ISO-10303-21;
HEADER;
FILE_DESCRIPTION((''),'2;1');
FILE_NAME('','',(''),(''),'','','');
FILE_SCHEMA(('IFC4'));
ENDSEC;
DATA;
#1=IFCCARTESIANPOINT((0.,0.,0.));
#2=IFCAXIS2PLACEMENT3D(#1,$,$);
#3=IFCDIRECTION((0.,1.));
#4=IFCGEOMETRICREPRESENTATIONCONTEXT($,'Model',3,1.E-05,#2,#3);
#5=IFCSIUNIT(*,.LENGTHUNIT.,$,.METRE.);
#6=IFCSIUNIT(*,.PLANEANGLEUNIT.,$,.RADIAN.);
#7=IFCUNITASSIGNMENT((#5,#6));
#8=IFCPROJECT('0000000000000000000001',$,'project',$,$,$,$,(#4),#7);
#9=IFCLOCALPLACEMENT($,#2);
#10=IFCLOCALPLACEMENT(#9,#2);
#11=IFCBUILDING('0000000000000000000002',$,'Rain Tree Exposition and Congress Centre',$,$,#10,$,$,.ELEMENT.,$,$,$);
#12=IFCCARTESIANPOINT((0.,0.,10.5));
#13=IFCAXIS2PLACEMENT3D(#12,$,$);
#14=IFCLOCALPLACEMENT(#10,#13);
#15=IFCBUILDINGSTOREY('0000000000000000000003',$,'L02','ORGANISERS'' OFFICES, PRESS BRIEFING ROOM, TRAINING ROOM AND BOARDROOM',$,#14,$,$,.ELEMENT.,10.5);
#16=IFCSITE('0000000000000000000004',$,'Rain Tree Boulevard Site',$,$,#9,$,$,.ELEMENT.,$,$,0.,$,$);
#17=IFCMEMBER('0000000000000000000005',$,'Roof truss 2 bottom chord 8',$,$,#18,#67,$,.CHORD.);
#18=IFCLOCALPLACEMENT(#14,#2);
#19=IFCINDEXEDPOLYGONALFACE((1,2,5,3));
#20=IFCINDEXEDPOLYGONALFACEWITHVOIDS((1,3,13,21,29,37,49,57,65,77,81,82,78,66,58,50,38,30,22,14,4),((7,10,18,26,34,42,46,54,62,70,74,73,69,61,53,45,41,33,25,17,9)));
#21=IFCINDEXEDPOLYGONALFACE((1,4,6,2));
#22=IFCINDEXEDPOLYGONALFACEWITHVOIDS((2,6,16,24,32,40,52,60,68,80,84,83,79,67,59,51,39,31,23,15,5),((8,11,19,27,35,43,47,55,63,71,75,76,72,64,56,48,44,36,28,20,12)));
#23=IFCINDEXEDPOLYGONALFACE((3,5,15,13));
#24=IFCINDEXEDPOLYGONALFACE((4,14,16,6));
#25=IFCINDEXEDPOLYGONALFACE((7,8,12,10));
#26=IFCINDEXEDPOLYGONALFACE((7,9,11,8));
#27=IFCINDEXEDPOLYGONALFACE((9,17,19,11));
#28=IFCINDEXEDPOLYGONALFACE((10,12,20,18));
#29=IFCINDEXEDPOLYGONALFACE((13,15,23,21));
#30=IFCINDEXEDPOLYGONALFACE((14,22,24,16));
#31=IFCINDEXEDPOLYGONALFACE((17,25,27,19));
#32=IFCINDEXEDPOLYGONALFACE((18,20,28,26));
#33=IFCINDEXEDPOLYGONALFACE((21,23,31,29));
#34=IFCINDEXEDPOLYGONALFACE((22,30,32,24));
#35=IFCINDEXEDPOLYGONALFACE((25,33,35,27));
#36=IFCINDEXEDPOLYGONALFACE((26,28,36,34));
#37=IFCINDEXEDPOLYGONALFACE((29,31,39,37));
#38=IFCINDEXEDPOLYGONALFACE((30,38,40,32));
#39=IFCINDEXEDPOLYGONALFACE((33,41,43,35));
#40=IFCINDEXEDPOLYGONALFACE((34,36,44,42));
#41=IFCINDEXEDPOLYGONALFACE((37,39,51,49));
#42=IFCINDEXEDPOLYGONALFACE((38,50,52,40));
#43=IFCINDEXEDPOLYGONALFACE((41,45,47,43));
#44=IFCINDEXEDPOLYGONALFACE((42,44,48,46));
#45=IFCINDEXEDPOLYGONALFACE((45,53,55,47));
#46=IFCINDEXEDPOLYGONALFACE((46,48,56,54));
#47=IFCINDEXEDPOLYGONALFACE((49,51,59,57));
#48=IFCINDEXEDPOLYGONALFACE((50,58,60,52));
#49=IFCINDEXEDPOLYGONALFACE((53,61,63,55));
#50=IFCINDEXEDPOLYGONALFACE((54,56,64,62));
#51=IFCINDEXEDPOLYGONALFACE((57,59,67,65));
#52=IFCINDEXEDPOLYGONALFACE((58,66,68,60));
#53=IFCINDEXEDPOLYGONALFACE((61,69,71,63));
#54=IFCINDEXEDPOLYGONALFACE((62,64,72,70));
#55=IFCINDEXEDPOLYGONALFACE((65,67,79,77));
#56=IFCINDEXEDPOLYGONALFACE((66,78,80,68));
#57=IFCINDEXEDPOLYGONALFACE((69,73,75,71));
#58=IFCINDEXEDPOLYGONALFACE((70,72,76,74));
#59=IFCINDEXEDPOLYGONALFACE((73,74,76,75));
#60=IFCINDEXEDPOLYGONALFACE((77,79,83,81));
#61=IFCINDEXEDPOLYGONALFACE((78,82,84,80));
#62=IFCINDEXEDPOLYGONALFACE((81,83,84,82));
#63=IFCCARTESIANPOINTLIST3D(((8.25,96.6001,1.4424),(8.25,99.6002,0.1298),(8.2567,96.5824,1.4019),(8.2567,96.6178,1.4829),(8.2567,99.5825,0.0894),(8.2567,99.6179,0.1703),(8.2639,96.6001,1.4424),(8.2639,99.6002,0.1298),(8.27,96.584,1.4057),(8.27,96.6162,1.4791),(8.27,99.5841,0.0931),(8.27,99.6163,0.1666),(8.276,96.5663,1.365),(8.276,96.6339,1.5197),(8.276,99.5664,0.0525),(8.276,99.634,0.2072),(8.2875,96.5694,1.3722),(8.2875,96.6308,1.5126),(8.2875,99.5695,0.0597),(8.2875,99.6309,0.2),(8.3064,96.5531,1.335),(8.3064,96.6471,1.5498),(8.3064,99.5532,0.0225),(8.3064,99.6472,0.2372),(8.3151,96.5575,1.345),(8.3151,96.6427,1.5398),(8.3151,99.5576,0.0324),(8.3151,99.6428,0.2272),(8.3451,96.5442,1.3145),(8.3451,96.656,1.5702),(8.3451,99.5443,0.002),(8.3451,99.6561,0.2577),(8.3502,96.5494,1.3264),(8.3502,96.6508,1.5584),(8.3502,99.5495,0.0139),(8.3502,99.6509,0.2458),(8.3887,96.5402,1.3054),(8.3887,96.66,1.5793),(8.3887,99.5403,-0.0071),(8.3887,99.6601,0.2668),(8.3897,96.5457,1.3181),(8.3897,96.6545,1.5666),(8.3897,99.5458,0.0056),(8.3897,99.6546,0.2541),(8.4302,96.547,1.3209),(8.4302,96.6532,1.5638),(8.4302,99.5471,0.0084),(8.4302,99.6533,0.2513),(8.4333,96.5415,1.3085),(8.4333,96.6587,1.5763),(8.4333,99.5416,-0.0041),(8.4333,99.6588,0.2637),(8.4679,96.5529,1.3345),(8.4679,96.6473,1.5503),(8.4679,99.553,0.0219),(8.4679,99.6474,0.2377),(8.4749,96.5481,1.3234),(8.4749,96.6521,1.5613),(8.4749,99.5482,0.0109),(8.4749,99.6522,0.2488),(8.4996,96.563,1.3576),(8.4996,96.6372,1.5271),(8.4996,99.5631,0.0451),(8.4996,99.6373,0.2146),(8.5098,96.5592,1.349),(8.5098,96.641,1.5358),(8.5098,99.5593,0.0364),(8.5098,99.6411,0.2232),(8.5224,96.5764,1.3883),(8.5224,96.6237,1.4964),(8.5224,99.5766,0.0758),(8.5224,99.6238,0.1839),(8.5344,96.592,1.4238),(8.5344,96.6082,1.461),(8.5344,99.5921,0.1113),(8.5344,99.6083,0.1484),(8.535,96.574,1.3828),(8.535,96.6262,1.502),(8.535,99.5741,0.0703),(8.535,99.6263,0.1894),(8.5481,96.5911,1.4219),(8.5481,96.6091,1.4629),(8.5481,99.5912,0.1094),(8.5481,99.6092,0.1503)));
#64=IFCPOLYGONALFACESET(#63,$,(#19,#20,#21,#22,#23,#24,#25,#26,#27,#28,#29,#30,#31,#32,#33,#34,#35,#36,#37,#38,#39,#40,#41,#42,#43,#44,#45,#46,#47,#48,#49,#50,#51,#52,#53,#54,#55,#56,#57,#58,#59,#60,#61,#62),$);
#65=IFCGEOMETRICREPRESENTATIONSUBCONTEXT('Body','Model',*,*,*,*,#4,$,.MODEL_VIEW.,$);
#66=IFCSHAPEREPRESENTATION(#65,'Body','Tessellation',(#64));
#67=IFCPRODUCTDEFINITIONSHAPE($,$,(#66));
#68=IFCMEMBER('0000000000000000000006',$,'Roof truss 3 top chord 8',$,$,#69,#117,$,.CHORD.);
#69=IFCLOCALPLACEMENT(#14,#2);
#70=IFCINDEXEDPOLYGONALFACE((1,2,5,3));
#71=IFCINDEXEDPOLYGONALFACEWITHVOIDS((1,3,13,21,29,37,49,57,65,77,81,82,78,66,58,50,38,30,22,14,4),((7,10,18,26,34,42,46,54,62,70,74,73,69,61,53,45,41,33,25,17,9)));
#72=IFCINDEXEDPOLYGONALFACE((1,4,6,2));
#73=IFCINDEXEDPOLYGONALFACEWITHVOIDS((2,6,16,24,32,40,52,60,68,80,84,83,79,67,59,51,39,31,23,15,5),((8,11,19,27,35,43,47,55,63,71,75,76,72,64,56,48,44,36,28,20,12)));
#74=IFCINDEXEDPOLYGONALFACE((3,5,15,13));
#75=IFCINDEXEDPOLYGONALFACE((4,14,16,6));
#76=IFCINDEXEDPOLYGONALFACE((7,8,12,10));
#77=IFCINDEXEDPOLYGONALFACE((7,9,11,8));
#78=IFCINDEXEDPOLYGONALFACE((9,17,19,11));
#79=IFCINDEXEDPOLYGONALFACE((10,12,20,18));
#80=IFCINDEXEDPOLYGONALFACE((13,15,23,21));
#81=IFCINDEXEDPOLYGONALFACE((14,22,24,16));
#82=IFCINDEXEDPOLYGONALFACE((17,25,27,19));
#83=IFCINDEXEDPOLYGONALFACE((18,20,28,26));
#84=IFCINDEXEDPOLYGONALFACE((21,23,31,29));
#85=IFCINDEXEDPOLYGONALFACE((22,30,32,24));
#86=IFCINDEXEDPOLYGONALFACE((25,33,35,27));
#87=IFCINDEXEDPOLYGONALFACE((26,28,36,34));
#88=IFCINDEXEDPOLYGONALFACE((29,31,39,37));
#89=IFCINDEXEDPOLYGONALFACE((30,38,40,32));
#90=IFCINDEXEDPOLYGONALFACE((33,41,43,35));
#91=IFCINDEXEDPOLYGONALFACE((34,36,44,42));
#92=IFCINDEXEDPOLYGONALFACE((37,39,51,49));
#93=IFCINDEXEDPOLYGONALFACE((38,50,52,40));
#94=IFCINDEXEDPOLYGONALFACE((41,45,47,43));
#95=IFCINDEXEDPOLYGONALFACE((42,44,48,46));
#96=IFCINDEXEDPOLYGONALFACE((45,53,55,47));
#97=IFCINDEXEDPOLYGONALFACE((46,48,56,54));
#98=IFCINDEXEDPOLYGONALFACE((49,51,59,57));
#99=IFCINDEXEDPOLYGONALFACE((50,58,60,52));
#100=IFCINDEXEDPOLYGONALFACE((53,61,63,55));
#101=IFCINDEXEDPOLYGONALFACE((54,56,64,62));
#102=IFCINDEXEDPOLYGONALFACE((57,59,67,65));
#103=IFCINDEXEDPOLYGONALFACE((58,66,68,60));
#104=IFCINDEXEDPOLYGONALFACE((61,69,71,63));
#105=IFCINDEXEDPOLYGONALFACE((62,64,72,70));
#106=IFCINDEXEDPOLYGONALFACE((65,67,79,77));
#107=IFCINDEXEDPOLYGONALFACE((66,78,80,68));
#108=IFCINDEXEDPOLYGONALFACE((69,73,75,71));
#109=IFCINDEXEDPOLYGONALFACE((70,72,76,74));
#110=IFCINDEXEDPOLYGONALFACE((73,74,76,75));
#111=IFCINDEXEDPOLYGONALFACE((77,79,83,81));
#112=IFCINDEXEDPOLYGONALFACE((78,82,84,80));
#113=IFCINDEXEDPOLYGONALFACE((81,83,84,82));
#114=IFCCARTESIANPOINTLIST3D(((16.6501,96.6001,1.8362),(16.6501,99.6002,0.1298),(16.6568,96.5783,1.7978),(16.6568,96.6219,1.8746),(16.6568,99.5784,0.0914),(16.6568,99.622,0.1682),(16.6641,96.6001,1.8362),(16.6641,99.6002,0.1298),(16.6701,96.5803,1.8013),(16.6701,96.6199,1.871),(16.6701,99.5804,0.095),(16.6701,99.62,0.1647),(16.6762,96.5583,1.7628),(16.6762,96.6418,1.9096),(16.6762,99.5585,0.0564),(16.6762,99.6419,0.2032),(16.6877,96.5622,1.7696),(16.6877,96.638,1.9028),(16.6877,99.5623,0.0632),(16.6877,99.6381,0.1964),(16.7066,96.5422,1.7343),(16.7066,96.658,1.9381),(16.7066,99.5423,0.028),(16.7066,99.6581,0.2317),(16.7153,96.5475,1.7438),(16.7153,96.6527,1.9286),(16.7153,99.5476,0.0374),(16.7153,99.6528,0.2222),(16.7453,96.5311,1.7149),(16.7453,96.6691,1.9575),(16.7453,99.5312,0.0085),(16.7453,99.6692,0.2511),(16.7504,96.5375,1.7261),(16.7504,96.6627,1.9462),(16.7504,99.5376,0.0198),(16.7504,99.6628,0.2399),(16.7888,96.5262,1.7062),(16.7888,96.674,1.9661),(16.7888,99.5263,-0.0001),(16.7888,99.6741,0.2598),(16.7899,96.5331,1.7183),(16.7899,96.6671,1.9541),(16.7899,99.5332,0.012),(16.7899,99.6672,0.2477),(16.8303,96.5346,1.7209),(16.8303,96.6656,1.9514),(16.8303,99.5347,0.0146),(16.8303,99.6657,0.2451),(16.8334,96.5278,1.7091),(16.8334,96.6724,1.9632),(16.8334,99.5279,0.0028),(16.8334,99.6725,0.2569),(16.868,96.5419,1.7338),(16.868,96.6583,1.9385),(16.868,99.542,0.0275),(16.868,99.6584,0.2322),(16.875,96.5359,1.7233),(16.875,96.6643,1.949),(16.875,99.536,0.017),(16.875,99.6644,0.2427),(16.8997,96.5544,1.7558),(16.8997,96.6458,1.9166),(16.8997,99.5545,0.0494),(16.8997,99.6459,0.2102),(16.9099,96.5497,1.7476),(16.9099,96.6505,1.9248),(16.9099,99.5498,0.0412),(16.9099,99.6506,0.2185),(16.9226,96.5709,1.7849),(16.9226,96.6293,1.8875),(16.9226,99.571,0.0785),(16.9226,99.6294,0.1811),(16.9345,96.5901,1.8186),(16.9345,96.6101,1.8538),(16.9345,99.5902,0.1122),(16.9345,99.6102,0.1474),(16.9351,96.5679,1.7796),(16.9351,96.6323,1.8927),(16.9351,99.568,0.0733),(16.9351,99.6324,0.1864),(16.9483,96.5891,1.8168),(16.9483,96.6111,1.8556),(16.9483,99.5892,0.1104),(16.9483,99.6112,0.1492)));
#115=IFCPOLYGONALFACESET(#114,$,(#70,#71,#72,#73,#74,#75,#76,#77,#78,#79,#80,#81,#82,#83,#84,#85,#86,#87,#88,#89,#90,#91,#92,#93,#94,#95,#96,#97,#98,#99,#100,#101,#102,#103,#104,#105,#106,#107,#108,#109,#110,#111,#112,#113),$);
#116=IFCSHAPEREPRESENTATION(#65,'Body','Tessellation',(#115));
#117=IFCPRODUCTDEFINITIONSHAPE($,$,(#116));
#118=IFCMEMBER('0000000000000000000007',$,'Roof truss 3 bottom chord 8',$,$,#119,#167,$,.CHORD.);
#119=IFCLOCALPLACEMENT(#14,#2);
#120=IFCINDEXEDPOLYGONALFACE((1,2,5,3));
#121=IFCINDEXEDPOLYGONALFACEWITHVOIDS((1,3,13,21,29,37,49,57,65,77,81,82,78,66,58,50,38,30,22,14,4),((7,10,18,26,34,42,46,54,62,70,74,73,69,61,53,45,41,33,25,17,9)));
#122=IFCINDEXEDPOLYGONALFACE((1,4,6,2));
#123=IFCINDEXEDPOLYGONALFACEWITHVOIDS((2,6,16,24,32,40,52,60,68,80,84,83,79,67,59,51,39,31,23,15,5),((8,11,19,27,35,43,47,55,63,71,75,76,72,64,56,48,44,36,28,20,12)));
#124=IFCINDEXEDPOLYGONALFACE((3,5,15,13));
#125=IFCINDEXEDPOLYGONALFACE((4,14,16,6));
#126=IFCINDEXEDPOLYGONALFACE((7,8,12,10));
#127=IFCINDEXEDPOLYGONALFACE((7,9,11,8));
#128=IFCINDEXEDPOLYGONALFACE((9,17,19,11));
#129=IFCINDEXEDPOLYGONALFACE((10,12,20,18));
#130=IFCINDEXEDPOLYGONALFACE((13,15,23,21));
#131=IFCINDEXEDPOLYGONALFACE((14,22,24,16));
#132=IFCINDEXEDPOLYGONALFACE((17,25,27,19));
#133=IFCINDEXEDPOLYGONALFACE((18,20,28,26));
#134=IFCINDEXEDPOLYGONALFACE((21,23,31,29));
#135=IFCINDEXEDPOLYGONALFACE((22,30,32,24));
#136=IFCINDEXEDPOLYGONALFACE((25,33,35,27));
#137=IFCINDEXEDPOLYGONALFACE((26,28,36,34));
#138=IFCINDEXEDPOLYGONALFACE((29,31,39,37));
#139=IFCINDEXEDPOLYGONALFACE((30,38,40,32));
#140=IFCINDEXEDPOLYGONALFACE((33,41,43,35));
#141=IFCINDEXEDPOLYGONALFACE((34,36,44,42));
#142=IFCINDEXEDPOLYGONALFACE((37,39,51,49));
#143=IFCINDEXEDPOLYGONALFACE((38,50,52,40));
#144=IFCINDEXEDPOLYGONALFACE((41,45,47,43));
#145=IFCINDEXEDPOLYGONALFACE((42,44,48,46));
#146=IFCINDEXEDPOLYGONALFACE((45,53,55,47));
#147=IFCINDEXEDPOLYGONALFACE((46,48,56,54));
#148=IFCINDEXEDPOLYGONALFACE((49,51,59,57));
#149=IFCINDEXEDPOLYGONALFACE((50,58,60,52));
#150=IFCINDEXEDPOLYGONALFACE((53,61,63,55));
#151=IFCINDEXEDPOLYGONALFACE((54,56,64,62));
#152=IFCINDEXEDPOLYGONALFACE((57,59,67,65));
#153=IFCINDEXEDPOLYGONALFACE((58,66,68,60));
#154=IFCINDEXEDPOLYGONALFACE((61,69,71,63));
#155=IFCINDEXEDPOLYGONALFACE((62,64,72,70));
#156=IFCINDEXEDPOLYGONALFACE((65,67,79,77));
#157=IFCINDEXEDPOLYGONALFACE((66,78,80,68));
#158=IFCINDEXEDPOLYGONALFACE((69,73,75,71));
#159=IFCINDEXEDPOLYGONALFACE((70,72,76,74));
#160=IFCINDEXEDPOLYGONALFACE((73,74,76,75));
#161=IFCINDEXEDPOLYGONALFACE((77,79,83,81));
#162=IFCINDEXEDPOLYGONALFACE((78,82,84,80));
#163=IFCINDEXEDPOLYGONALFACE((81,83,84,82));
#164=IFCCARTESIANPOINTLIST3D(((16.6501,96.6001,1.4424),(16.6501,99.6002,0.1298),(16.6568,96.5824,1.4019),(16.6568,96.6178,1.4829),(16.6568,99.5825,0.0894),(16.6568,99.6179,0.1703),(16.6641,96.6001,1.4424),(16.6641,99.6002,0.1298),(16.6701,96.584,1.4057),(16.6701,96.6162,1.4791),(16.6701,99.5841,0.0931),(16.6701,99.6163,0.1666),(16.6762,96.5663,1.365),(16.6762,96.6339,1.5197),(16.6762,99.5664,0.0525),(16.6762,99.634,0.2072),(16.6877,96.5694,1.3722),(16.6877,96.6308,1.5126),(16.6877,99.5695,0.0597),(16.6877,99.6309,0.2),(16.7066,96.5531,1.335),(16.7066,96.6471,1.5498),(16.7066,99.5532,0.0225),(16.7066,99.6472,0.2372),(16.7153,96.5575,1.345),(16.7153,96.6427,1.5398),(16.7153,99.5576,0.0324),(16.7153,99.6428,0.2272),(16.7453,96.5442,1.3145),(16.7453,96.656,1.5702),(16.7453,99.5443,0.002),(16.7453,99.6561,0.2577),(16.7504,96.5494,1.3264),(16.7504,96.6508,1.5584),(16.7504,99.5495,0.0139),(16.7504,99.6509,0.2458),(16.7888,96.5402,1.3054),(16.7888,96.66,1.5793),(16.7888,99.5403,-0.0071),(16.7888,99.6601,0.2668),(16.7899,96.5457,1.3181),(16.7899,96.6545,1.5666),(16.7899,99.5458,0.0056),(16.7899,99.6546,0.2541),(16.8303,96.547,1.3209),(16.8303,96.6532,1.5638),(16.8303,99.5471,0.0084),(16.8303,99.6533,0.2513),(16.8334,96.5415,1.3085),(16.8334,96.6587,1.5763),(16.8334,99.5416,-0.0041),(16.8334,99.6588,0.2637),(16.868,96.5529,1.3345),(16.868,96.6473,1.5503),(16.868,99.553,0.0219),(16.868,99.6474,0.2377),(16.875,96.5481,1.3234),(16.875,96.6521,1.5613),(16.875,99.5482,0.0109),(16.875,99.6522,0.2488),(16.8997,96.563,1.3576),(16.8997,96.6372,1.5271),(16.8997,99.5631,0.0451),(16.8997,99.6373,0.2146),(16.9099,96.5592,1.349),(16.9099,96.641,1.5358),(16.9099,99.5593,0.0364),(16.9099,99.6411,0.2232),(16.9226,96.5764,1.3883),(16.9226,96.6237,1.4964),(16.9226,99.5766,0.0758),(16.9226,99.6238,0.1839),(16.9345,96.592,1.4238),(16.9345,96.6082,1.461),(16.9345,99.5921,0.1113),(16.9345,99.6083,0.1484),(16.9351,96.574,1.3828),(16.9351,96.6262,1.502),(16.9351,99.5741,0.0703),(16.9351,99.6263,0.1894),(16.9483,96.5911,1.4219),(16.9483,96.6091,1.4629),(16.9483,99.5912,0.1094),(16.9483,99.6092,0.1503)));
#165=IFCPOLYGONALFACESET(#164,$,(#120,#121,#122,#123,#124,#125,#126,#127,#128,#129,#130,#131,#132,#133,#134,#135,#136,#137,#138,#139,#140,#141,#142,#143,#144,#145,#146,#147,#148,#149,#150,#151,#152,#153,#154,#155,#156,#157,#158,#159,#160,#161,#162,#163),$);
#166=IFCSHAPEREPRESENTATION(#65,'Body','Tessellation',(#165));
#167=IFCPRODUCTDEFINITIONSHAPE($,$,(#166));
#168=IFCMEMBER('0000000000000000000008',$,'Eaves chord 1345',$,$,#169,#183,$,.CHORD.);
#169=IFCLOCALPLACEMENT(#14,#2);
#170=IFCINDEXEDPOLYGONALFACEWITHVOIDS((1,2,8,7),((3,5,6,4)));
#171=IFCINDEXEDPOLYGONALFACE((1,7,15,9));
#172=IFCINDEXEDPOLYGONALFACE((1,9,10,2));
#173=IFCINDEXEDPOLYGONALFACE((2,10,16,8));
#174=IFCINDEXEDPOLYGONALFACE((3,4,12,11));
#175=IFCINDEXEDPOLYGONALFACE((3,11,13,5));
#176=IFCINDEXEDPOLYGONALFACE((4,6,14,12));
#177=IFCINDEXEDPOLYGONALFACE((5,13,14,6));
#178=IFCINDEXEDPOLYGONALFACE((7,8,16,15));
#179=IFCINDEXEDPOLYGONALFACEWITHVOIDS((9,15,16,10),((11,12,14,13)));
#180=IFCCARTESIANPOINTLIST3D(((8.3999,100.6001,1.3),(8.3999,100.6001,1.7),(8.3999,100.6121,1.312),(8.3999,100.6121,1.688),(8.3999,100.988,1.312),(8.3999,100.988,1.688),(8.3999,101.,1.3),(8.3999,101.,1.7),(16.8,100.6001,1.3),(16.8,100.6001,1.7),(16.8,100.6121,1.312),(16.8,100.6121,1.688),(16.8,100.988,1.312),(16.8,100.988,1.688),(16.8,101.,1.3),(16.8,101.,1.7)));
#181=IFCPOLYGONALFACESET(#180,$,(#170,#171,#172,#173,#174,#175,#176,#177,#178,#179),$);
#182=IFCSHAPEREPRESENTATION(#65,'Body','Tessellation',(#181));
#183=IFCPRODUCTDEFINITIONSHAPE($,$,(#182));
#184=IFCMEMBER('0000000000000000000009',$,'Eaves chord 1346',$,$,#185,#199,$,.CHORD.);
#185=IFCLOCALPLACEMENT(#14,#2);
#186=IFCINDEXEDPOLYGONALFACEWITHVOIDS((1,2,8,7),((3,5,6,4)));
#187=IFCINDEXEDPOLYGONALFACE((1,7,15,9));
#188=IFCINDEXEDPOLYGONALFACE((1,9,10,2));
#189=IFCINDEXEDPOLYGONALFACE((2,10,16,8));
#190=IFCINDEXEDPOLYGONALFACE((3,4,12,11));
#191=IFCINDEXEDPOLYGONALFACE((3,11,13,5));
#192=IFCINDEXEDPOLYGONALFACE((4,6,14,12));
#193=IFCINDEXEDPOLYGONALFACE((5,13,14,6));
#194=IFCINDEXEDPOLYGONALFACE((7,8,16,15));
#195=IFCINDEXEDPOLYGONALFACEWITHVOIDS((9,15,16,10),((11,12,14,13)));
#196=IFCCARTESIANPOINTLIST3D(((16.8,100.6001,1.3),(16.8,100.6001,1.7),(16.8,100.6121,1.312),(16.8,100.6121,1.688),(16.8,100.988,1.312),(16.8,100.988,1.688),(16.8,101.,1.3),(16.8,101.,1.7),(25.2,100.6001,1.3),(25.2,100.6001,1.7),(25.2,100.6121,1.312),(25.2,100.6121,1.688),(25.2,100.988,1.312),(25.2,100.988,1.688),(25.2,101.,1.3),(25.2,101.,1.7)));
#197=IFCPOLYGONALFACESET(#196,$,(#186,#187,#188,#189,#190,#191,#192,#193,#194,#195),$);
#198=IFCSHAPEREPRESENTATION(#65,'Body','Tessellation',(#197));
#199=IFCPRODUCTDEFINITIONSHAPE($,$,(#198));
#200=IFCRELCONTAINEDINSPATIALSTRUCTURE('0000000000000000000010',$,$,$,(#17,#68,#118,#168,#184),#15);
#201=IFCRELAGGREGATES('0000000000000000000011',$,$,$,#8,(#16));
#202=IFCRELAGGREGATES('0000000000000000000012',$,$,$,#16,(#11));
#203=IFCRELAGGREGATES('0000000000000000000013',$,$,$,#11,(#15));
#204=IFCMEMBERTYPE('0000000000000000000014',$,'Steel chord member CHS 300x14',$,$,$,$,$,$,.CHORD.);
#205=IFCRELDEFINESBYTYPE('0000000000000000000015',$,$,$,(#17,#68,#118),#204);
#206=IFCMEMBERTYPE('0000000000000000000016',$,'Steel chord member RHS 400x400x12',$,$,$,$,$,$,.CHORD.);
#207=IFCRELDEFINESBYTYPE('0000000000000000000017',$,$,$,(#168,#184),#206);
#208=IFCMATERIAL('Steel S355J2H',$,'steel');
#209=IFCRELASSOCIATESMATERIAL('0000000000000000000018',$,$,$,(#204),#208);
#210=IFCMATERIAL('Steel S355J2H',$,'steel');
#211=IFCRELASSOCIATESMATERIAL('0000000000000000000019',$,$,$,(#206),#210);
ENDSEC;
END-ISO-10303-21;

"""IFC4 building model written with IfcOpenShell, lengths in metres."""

from ifc_helpers import new_model, si_unit, direction, frame, origin, origin_2d, place, context, subcontext, project, spatial, hollow_rectangle, hollow_circle, extrude, material, material_profile, profile_set, type_object, element, save


model = new_model("IFC4")

# Units and contexts
model_context = context("Model", 3, precision=1e-05, world=origin(), true_north=direction((0.0, 1.0)))
body_context = subcontext(model_context, "Body", "Model", "MODEL_VIEW")
ifc_project = project(units=[si_unit("LENGTHUNIT", "METRE"), si_unit("PLANEANGLEUNIT", "RADIAN")], contexts=[model_context])

# Site, building, storey
site_placement = place(None, origin())
site = spatial("IfcSite", under=ifc_project, at=site_placement, Name="Rain Tree Boulevard Site", CompositionType="ELEMENT", RefElevation=0.0)
building_placement = place(site_placement, origin())
building = spatial("IfcBuilding", under=site, at=building_placement, Name="Rain Tree Exposition and Congress Centre", CompositionType="ELEMENT")
storey_placement = place(building_placement, frame((0.0, 0.0, 10.5)))
storey = spatial("IfcBuildingStorey", under=building, at=storey_placement, Name="L02", Description="ORGANISERS' OFFICES, PRESS BRIEFING ROOM, TRAINING ROOM AND BOARDROOM", CompositionType="ELEMENT", Elevation=10.5)

# Members
ifc_material_1 = material(Name="Steel S355J2H", Category="steel")
ifc_material_profile_1 = material_profile(ifc_material_1, hollow_circle(Radius=0.1499, WallThickness=0.0139, at=origin_2d()), Name="CHS 300x14")
ifc_profile_set_1 = profile_set([ifc_material_profile_1], Name="Steel S355J2H")
member_type_1 = type_object("IfcMemberType", Name="Steel chord member CHS 300x14", PredefinedType="CHORD", material=ifc_profile_set_1)
member_1_placement = place(storey_placement, frame((8.3999, 96.6001, 1.4424), z_axis=(0.0, 0.916157, -0.400819), x_axis=(-1.0, 0.0, 0.0)))
element("IfcMember", 1, at=member_1_placement, inside=storey, type_object=member_type_1, Name="Roof truss 2 bottom chord 8", PredefinedType="CHORD", context=body_context, shape_type="SweptSolid", body=[
    extrude(hollow_circle(Radius=0.1499, WallThickness=0.0139, at=origin_2d()), origin(), (0.0, 0.0, 1.0), 3.2747),
])
member_2_placement = place(storey_placement, frame((16.8, 96.6001, 1.8362), z_axis=(0.0, 0.869238, -0.494393), x_axis=(-1.0, 0.0, 0.0)))
element("IfcMember", 2, at=member_2_placement, inside=storey, type_object=member_type_1, Name="Roof truss 3 top chord 8", PredefinedType="CHORD", context=body_context, shape_type="SweptSolid", body=[
    extrude(hollow_circle(Radius=0.1499, WallThickness=0.0139, at=origin_2d()), origin(), (0.0, 0.0, 1.0), 3.4514),
])
member_3_placement = place(storey_placement, frame((16.8, 96.6001, 1.4424), z_axis=(0.0, 0.916157, -0.400819), x_axis=(-1.0, 0.0, 0.0)))
element("IfcMember", 3, at=member_3_placement, inside=storey, type_object=member_type_1, Name="Roof truss 3 bottom chord 8", PredefinedType="CHORD", context=body_context, shape_type="SweptSolid", body=[
    extrude(hollow_circle(Radius=0.1499, WallThickness=0.0139, at=origin_2d()), origin(), (0.0, 0.0, 1.0), 3.2747),
])
ifc_material_2 = material(Name="Steel S355J2H", Category="steel")
ifc_material_profile_2 = material_profile(ifc_material_2, hollow_rectangle(XDim=0.3999, YDim=0.3999, WallThickness=0.012, at=origin_2d()), Name="RHS 400x400x12")
ifc_profile_set_2 = profile_set([ifc_material_profile_2], Name="Steel S355J2H")
member_type_2 = type_object("IfcMemberType", Name="Steel chord member RHS 400x400x12", PredefinedType="CHORD", material=ifc_profile_set_2)
member_4_placement = place(storey_placement, frame((8.3999, 100.8, 1.5), z_axis=(1.0, 0.0, 0.0), x_axis=(0.0, 1.0, 0.0)))
element("IfcMember", 4, at=member_4_placement, inside=storey, type_object=member_type_2, Name="Eaves chord 1345", PredefinedType="CHORD", context=body_context, shape_type="SweptSolid", body=[
    extrude(hollow_rectangle(XDim=0.3999, YDim=0.3999, WallThickness=0.012, at=origin_2d()), origin(), (0.0, 0.0, 1.0), 8.4001),
])
member_5_placement = place(storey_placement, frame((16.8, 100.8, 1.5), z_axis=(1.0, 0.0, 0.0), x_axis=(0.0, 1.0, 0.0)))
element("IfcMember", 5, at=member_5_placement, inside=storey, type_object=member_type_2, Name="Eaves chord 1346", PredefinedType="CHORD", context=body_context, shape_type="SweptSolid", body=[
    extrude(hollow_rectangle(XDim=0.3999, YDim=0.3999, WallThickness=0.012, at=origin_2d()), origin(), (0.0, 0.0, 1.0), 8.3999),
])

save(model, "model.ifc")
